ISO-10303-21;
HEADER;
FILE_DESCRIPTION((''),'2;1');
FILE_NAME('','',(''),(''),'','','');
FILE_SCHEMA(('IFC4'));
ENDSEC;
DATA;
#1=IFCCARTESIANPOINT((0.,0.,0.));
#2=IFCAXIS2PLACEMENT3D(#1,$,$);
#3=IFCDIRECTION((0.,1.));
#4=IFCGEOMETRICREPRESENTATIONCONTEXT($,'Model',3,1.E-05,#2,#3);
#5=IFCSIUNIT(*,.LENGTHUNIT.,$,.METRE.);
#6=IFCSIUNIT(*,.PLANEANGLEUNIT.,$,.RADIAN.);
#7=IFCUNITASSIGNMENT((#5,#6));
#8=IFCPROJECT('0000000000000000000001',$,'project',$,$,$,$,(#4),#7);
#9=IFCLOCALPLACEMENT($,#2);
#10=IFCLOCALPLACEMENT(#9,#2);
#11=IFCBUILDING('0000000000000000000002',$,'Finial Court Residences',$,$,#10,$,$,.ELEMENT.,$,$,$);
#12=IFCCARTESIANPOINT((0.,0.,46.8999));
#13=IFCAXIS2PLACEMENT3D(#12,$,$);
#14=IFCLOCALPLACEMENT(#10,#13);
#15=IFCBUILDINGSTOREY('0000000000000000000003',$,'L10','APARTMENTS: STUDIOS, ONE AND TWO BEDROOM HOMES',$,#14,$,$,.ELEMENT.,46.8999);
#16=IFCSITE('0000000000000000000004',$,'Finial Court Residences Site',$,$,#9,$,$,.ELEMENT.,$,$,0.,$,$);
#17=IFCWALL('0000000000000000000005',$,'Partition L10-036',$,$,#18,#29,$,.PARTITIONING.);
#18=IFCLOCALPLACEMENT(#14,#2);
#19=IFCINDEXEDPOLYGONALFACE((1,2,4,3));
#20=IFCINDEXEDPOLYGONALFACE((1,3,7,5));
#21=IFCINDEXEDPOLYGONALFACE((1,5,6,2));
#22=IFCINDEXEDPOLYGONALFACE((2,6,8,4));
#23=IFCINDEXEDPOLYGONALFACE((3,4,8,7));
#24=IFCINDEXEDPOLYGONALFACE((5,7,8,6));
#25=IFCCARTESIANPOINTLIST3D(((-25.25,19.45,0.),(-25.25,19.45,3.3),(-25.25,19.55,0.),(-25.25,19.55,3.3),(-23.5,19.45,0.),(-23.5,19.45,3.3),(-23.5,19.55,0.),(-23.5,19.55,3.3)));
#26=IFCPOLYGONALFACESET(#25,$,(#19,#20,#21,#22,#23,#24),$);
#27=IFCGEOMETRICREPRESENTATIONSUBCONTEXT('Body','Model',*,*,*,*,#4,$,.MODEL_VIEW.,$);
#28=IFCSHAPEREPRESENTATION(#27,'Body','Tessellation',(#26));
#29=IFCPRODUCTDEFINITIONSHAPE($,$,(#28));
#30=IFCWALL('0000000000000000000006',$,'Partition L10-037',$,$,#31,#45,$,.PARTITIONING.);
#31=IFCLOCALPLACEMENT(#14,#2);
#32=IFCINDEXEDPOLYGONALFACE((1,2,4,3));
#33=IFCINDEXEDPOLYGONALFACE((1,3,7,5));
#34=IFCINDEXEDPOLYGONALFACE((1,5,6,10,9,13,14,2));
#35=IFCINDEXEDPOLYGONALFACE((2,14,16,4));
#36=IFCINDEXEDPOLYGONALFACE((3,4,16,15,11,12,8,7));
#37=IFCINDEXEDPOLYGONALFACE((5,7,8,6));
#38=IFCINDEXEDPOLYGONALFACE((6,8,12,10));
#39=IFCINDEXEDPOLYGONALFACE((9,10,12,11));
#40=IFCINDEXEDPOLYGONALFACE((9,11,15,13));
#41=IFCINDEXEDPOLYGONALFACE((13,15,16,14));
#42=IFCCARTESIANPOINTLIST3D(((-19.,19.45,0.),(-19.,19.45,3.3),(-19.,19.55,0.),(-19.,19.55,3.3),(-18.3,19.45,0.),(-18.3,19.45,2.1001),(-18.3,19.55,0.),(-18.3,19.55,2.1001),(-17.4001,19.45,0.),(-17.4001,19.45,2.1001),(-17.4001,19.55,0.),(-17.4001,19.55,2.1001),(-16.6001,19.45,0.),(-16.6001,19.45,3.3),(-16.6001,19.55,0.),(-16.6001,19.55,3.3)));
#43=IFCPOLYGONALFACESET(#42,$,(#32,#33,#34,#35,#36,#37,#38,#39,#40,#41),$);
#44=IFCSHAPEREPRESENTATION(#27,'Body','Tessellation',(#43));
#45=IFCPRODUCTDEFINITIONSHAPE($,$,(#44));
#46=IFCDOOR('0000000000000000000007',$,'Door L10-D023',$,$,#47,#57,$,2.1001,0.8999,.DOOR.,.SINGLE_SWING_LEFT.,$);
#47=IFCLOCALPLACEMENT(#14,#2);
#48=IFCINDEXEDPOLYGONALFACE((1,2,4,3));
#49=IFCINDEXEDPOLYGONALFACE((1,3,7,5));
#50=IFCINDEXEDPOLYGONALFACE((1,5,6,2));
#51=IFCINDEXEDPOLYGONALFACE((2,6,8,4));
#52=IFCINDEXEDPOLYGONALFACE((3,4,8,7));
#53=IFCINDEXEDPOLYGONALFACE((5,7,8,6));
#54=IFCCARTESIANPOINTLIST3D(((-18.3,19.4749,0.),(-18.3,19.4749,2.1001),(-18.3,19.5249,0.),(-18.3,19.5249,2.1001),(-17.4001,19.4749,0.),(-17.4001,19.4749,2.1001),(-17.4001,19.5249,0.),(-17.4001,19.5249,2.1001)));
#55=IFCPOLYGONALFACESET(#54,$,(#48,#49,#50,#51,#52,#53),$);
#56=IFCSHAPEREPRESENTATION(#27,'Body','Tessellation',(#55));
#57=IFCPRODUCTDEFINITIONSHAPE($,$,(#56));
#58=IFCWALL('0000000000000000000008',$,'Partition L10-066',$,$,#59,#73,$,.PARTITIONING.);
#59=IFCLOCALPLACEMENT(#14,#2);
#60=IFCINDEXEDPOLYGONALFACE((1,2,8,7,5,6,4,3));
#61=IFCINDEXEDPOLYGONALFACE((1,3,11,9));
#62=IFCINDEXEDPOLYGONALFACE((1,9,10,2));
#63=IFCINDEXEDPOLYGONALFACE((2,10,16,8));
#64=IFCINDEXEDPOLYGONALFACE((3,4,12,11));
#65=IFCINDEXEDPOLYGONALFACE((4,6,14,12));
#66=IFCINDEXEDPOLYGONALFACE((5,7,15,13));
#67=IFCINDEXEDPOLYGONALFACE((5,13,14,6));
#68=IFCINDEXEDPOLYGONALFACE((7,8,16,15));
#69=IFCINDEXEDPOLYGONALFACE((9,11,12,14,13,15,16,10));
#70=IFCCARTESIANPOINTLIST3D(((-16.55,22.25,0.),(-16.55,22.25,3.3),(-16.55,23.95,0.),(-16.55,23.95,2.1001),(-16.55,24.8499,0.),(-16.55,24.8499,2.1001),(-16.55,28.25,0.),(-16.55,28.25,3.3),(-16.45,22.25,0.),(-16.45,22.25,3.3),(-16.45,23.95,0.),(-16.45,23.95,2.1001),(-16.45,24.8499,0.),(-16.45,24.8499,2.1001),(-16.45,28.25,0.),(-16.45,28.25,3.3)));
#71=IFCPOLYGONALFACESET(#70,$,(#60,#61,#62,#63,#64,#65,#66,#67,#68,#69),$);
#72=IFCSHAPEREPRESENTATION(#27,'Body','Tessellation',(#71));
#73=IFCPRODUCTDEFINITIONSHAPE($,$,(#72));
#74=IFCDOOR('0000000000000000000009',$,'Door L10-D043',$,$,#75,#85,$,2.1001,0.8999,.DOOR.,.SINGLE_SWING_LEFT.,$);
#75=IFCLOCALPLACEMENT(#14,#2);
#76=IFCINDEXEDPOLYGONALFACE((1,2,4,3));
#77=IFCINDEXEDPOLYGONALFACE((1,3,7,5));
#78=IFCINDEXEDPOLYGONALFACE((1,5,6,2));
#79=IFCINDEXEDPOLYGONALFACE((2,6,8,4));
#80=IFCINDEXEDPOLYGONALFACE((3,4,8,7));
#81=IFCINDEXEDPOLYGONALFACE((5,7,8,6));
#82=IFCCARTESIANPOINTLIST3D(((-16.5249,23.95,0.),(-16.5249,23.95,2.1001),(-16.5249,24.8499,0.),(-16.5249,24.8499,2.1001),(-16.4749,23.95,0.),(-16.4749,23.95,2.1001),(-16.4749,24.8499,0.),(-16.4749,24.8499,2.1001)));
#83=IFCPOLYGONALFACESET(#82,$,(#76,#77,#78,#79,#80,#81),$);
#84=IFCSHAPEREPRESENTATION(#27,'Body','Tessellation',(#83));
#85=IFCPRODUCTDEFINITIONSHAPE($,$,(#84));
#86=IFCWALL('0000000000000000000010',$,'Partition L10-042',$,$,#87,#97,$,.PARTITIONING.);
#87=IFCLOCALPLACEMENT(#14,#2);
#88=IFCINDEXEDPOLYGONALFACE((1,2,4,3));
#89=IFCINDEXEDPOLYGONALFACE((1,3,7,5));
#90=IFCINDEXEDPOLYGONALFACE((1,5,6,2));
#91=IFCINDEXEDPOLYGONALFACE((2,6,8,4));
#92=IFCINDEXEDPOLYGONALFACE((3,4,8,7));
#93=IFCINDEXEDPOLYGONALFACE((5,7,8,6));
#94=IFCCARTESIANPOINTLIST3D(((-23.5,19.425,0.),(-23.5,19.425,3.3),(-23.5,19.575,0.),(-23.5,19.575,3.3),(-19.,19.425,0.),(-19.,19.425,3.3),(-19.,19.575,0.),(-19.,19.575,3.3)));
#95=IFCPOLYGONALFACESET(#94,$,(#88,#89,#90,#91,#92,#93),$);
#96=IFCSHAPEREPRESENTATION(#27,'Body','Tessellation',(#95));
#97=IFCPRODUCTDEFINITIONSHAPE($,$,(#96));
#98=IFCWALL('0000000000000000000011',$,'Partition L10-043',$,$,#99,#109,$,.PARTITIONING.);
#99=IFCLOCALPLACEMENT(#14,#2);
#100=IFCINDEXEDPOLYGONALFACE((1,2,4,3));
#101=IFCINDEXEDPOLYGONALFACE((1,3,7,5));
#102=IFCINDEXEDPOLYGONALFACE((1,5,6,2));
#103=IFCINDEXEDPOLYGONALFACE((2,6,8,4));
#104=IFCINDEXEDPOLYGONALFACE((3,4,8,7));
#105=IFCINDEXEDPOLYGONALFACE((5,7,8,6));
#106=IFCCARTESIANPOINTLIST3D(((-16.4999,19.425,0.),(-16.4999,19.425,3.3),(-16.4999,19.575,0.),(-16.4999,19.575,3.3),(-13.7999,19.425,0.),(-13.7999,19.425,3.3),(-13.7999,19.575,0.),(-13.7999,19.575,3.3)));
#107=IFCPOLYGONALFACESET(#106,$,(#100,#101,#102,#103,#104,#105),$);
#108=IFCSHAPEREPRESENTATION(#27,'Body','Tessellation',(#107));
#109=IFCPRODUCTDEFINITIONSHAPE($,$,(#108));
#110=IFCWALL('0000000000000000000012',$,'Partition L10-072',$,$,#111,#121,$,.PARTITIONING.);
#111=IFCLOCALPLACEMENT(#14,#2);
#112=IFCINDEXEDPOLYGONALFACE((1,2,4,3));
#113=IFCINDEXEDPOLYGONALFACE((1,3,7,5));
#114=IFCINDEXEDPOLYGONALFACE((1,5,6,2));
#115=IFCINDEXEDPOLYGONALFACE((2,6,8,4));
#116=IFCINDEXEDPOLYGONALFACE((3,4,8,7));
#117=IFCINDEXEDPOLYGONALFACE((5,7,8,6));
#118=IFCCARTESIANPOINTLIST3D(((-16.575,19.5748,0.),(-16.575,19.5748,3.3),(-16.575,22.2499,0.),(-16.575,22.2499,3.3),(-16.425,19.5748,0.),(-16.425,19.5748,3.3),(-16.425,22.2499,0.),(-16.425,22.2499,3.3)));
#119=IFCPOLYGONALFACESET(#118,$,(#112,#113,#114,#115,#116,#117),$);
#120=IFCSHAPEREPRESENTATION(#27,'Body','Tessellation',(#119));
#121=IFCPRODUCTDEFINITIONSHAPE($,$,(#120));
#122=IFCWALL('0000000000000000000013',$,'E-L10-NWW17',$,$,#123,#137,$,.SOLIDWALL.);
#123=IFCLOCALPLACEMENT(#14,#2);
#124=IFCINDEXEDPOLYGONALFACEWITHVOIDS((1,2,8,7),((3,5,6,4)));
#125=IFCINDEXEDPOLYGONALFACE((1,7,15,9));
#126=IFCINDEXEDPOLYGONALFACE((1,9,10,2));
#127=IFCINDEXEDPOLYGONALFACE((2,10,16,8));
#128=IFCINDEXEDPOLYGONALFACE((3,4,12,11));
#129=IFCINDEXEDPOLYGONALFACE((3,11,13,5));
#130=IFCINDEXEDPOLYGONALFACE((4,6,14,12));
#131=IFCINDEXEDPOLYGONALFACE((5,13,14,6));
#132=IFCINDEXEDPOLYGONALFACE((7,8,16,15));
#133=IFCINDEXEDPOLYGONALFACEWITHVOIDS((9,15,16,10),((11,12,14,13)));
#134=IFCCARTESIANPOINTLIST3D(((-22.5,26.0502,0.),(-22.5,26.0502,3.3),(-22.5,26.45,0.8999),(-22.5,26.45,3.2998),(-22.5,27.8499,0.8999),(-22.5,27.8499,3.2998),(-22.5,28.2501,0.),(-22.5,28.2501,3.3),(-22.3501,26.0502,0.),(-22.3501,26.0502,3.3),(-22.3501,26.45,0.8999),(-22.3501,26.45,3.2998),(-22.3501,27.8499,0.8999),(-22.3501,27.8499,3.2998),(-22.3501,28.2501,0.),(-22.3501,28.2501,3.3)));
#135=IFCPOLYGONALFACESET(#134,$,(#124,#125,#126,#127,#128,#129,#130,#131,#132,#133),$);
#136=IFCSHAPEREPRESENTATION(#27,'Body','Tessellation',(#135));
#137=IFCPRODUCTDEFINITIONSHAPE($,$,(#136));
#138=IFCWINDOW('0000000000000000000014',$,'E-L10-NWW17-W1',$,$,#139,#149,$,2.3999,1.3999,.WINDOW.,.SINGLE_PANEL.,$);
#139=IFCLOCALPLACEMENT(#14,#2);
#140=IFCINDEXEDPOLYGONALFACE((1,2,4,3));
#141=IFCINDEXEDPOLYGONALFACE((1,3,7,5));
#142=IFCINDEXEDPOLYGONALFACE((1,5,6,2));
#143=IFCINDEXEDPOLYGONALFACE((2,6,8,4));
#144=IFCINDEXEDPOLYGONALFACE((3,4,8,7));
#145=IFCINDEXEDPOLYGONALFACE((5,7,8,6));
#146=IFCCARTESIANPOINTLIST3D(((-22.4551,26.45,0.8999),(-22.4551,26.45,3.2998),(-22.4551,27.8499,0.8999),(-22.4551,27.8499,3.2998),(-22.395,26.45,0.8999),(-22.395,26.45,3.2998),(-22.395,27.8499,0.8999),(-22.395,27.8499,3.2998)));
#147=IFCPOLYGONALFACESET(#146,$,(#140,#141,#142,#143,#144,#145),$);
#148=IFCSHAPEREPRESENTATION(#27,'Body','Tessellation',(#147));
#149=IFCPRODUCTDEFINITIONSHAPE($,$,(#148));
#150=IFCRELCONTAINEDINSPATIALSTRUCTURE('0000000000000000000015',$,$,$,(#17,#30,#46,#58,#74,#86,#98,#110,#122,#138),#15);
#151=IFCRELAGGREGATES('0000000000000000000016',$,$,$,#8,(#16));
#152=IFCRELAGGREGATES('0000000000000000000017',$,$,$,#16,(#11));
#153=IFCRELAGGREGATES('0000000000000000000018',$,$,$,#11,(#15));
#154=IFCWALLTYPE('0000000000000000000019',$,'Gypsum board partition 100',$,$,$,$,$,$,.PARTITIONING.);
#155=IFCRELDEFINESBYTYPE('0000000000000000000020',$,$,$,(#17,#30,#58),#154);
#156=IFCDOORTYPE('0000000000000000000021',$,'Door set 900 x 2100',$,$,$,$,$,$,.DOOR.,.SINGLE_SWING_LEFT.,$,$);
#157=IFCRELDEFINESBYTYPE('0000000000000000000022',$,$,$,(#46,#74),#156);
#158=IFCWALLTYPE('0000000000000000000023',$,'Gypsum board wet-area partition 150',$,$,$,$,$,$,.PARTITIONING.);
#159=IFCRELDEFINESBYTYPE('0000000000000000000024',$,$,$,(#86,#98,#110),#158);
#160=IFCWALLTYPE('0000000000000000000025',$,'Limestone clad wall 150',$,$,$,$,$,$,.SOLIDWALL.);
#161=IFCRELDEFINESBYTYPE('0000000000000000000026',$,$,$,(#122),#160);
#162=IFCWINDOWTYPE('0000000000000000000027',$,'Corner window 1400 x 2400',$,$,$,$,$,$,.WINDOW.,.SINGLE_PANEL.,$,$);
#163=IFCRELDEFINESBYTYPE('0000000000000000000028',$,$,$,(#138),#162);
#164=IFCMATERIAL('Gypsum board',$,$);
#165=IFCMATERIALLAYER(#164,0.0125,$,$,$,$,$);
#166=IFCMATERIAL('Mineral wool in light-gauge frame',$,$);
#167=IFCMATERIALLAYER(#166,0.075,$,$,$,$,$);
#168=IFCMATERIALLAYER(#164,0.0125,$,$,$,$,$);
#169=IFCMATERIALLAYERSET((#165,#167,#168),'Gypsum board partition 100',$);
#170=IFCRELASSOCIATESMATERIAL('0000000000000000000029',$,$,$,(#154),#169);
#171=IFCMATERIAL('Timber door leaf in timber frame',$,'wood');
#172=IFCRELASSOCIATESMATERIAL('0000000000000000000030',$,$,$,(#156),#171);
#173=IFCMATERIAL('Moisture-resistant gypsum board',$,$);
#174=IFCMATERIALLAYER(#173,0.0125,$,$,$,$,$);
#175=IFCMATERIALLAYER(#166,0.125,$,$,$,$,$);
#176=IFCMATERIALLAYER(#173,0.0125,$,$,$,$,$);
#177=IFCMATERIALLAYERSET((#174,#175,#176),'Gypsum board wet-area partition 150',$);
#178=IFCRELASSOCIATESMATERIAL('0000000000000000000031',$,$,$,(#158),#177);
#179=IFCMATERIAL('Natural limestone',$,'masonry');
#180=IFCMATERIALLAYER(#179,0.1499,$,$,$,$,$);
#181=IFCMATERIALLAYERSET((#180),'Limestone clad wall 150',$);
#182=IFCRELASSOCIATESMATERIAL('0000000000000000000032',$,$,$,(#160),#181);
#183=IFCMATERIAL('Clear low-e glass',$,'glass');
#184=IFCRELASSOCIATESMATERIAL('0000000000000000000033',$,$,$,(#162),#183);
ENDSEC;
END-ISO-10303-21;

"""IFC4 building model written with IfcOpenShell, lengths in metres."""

from ifc_helpers import new_model, si_unit, direction, frame, frame_2d, origin, place, context, subcontext, project, spatial, rectangle, extrude, material, layer, layer_set, type_object, element, fill, save


model = new_model("IFC4")

# Units and contexts
model_context = context("Model", 3, precision=1e-05, world=origin(), true_north=direction((0.0, 1.0)))
body_context = subcontext(model_context, "Body", "Model", "MODEL_VIEW")
ifc_project = project(units=[si_unit("LENGTHUNIT", "METRE"), si_unit("PLANEANGLEUNIT", "RADIAN")], contexts=[model_context])

# Site, building, storey
site_placement = place(None, origin())
site = spatial("IfcSite", under=ifc_project, at=site_placement, Name="Finial Court Residences Site", CompositionType="ELEMENT", RefElevation=0.0)
building_placement = place(site_placement, origin())
building = spatial("IfcBuilding", under=site, at=building_placement, Name="Finial Court Residences", CompositionType="ELEMENT")
storey_placement = place(building_placement, frame((0.0, 0.0, 46.8999)))
storey = spatial("IfcBuildingStorey", under=building, at=storey_placement, Name="L10", Description="APARTMENTS: STUDIOS, ONE AND TWO BEDROOM HOMES", CompositionType="ELEMENT", Elevation=46.8999)

# Shared definitions
ifc_material_1 = material(Name="Clear low-e glass", Category="glass")

# Wall
ifc_material_2 = material(Name="Gypsum board")
ifc_layer_1 = layer(ifc_material_2, 0.0125)
ifc_material_3 = material(Name="Mineral wool in light-gauge frame")
ifc_layer_2 = layer(ifc_material_3, 0.075)
ifc_layer_3 = layer(ifc_material_2, 0.0125)
ifc_layer_set_1 = layer_set([ifc_layer_1, ifc_layer_2, ifc_layer_3], Name="Gypsum board partition 100")
wall_type_1 = type_object("IfcWallType", Name="Gypsum board partition 100", PredefinedType="PARTITIONING", material=ifc_layer_set_1)
wall_1_placement = place(storey_placement, frame((-25.25, 19.5, 0.0), z_axis=(0.0, 0.0, 1.0), x_axis=(1.0, 0.0, 0.0)))
element("IfcWall", 1, at=wall_1_placement, inside=storey, type_object=wall_type_1, Name="Partition L10-036", PredefinedType="PARTITIONING", context=body_context, shape_type="SweptSolid", body=[
    extrude(rectangle(XDim=1.75, YDim=0.1001, at=frame_2d((0.875, 0.0))), origin(), (0.0, 0.0, 1.0), 3.3),
])

# Walls, openings, doors
wall_2_placement = place(storey_placement, frame((-19.0, 19.5, 0.0), z_axis=(0.0, 0.0, 1.0), x_axis=(1.0, 0.0, 0.0)))
wall_2 = element("IfcWall", 2, at=wall_2_placement, inside=storey, type_object=wall_type_1, Name="Partition L10-037", PredefinedType="PARTITIONING", context=body_context, shape_type="SweptSolid", body=[
    extrude(rectangle(XDim=2.3999, YDim=0.1001, at=frame_2d((1.2, 0.0))), origin(), (0.0, 0.0, 1.0), 3.3),
])
opening_1_placement = place(wall_2_placement, frame((0.7, 0.0, 0.0)))
opening_1 = element("IfcOpeningElement", 3, at=opening_1_placement, cuts=wall_2, PredefinedType="OPENING", context=body_context, shape_type="SweptSolid", body=[
    extrude(rectangle(XDim=0.8999, YDim=2.1001, at=frame_2d((0.45, 1.05))), frame((0.0, 0.0601, 0.0), z_axis=(0.0, -1.0, 0.0), x_axis=(1.0, 0.0, 0.0)), (0.0, 0.0, 1.0), 0.1201),
])
ifc_material_4 = material(Name="Timber door leaf in timber frame", Category="wood")
door_type = type_object("IfcDoorType", Name="Door set 900 x 2100", OperationType="SINGLE_SWING_LEFT", PredefinedType="DOOR", material=ifc_material_4)
door_1_placement = place(opening_1_placement, origin())
door_1 = element("IfcDoor", 4, at=door_1_placement, inside=storey, type_object=door_type, Name="Door L10-D023", OperationType="SINGLE_SWING_LEFT", OverallHeight=2.1001, OverallWidth=0.8999, PredefinedType="DOOR", context=body_context, shape_type="SweptSolid", body=[
    extrude(rectangle(XDim=0.8999, YDim=2.1001, at=frame_2d((0.45, 1.05))), frame((0.0, 0.0249, 0.0), z_axis=(0.0, -1.0, 0.0), x_axis=(1.0, 0.0, 0.0)), (0.0, 0.0, 1.0), 0.05),
])
fill(opening_1, door_1)
wall_3_placement = place(storey_placement, frame((-16.5, 22.25, 0.0), z_axis=(0.0, 0.0, 1.0), x_axis=(0.0, 1.0, 0.0)))
wall_3 = element("IfcWall", 5, at=wall_3_placement, inside=storey, type_object=wall_type_1, Name="Partition L10-066", PredefinedType="PARTITIONING", context=body_context, shape_type="SweptSolid", body=[
    extrude(rectangle(XDim=6.0, YDim=0.1001, at=frame_2d((3.0, 0.0))), origin(), (0.0, 0.0, 1.0), 3.3),
])
opening_2_placement = place(wall_3_placement, frame((1.7, 0.0, 0.0)))
opening_2 = element("IfcOpeningElement", 6, at=opening_2_placement, cuts=wall_3, PredefinedType="OPENING", context=body_context, shape_type="SweptSolid", body=[
    extrude(rectangle(XDim=0.8999, YDim=2.1001, at=frame_2d((0.45, 1.05))), frame((0.0, 0.0601, 0.0), z_axis=(0.0, -1.0, 0.0), x_axis=(1.0, 0.0, 0.0)), (0.0, 0.0, 1.0), 0.1201),
])
door_2_placement = place(opening_2_placement, origin())
door_2 = element("IfcDoor", 7, at=door_2_placement, inside=storey, type_object=door_type, Name="Door L10-D043", OperationType="SINGLE_SWING_LEFT", OverallHeight=2.1001, OverallWidth=0.8999, PredefinedType="DOOR", context=body_context, shape_type="SweptSolid", body=[
    extrude(rectangle(XDim=0.8999, YDim=2.1001, at=frame_2d((0.45, 1.05))), frame((0.0, 0.0249, 0.0), z_axis=(0.0, -1.0, 0.0), x_axis=(1.0, 0.0, 0.0)), (0.0, 0.0, 1.0), 0.05),
])
fill(opening_2, door_2)

# Walls
ifc_material_5 = material(Name="Moisture-resistant gypsum board")
ifc_layer_4 = layer(ifc_material_5, 0.0125)
ifc_layer_5 = layer(ifc_material_3, 0.125)
ifc_layer_6 = layer(ifc_material_5, 0.0125)
ifc_layer_set_2 = layer_set([ifc_layer_4, ifc_layer_5, ifc_layer_6], Name="Gypsum board wet-area partition 150")
wall_type_2 = type_object("IfcWallType", Name="Gypsum board wet-area partition 150", PredefinedType="PARTITIONING", material=ifc_layer_set_2)
wall_4_placement = place(storey_placement, frame((-23.5, 19.5, 0.0), z_axis=(0.0, 0.0, 1.0), x_axis=(1.0, 0.0, 0.0)))
element("IfcWall", 8, at=wall_4_placement, inside=storey, type_object=wall_type_2, Name="Partition L10-042", PredefinedType="PARTITIONING", context=body_context, shape_type="SweptSolid", body=[
    extrude(rectangle(XDim=4.5, YDim=0.1499, at=frame_2d((2.25, 0.0))), origin(), (0.0, 0.0, 1.0), 3.3),
])
wall_5_placement = place(storey_placement, frame((-16.5, 19.5, 0.0), z_axis=(0.0, 0.0, 1.0), x_axis=(1.0, 0.0, 0.0)))
element("IfcWall", 9, at=wall_5_placement, inside=storey, type_object=wall_type_2, Name="Partition L10-043", PredefinedType="PARTITIONING", context=body_context, shape_type="SweptSolid", body=[
    extrude(rectangle(XDim=2.7, YDim=0.1499, at=frame_2d((1.3501, 0.0))), origin(), (0.0, 0.0, 1.0), 3.3),
])
wall_6_placement = place(storey_placement, frame((-16.5, 19.575, 0.0), z_axis=(0.0, 0.0, 1.0), x_axis=(0.0, 1.0, 0.0)))
element("IfcWall", 10, at=wall_6_placement, inside=storey, type_object=wall_type_2, Name="Partition L10-072", PredefinedType="PARTITIONING", context=body_context, shape_type="SweptSolid", body=[
    extrude(rectangle(XDim=2.675, YDim=0.1499, at=frame_2d((1.3374, 0.0))), origin(), (0.0, 0.0, 1.0), 3.3),
])

# Wall, opening, window
ifc_material_6 = material(Name="Natural limestone", Category="masonry")
ifc_layer_7 = layer(ifc_material_6, 0.1499)
ifc_layer_set_3 = layer_set([ifc_layer_7], Name="Limestone clad wall 150")
wall_type_3 = type_object("IfcWallType", Name="Limestone clad wall 150", PredefinedType="SOLIDWALL", material=ifc_layer_set_3)
wall_7_placement = place(storey_placement, frame((-22.425, 26.05, 0.0), z_axis=(0.0, 0.0, 1.0), x_axis=(0.0, 1.0, 0.0)))
wall_7 = element("IfcWall", 11, at=wall_7_placement, inside=storey, type_object=wall_type_3, Name="E-L10-NWW17", PredefinedType="SOLIDWALL", context=body_context, shape_type="SweptSolid", body=[
    extrude(rectangle(XDim=2.2, YDim=0.1499, at=frame_2d((1.1001, 0.0))), origin(), (0.0, 0.0, 1.0), 3.3),
])
opening_3_placement = place(wall_7_placement, frame((0.3999, 0.0, 0.8999)))
opening_3 = element("IfcOpeningElement", 12, at=opening_3_placement, cuts=wall_7, PredefinedType="OPENING", context=body_context, shape_type="SweptSolid", body=[
    extrude(rectangle(XDim=1.3999, YDim=2.3999, at=frame_2d((0.7, 1.2))), frame((0.0, 0.085, 0.0), z_axis=(0.0, -1.0, 0.0), x_axis=(1.0, 0.0, 0.0)), (0.0, 0.0, 1.0), 0.1699),
])
window_type_1 = type_object("IfcWindowType", Name="Corner window 1400 x 2400", PartitioningType="SINGLE_PANEL", PredefinedType="WINDOW", material=ifc_material_1)
window_1_placement = place(opening_3_placement, origin())
window_1 = element("IfcWindow", 13, at=window_1_placement, inside=storey, type_object=window_type_1, Name="E-L10-NWW17-W1", OverallHeight=2.3999, OverallWidth=1.3999, PartitioningType="SINGLE_PANEL", PredefinedType="WINDOW", context=body_context, shape_type="SweptSolid", body=[
    extrude(rectangle(XDim=1.3999, YDim=2.3999, at=frame_2d((0.7, 1.2))), frame((0.0, 0.03, 0.0), z_axis=(0.0, -1.0, 0.0), x_axis=(1.0, 0.0, 0.0)), (0.0, 0.0, 1.0), 0.0601),
])
fill(opening_3, window_1)

save(model, "model.ifc")
